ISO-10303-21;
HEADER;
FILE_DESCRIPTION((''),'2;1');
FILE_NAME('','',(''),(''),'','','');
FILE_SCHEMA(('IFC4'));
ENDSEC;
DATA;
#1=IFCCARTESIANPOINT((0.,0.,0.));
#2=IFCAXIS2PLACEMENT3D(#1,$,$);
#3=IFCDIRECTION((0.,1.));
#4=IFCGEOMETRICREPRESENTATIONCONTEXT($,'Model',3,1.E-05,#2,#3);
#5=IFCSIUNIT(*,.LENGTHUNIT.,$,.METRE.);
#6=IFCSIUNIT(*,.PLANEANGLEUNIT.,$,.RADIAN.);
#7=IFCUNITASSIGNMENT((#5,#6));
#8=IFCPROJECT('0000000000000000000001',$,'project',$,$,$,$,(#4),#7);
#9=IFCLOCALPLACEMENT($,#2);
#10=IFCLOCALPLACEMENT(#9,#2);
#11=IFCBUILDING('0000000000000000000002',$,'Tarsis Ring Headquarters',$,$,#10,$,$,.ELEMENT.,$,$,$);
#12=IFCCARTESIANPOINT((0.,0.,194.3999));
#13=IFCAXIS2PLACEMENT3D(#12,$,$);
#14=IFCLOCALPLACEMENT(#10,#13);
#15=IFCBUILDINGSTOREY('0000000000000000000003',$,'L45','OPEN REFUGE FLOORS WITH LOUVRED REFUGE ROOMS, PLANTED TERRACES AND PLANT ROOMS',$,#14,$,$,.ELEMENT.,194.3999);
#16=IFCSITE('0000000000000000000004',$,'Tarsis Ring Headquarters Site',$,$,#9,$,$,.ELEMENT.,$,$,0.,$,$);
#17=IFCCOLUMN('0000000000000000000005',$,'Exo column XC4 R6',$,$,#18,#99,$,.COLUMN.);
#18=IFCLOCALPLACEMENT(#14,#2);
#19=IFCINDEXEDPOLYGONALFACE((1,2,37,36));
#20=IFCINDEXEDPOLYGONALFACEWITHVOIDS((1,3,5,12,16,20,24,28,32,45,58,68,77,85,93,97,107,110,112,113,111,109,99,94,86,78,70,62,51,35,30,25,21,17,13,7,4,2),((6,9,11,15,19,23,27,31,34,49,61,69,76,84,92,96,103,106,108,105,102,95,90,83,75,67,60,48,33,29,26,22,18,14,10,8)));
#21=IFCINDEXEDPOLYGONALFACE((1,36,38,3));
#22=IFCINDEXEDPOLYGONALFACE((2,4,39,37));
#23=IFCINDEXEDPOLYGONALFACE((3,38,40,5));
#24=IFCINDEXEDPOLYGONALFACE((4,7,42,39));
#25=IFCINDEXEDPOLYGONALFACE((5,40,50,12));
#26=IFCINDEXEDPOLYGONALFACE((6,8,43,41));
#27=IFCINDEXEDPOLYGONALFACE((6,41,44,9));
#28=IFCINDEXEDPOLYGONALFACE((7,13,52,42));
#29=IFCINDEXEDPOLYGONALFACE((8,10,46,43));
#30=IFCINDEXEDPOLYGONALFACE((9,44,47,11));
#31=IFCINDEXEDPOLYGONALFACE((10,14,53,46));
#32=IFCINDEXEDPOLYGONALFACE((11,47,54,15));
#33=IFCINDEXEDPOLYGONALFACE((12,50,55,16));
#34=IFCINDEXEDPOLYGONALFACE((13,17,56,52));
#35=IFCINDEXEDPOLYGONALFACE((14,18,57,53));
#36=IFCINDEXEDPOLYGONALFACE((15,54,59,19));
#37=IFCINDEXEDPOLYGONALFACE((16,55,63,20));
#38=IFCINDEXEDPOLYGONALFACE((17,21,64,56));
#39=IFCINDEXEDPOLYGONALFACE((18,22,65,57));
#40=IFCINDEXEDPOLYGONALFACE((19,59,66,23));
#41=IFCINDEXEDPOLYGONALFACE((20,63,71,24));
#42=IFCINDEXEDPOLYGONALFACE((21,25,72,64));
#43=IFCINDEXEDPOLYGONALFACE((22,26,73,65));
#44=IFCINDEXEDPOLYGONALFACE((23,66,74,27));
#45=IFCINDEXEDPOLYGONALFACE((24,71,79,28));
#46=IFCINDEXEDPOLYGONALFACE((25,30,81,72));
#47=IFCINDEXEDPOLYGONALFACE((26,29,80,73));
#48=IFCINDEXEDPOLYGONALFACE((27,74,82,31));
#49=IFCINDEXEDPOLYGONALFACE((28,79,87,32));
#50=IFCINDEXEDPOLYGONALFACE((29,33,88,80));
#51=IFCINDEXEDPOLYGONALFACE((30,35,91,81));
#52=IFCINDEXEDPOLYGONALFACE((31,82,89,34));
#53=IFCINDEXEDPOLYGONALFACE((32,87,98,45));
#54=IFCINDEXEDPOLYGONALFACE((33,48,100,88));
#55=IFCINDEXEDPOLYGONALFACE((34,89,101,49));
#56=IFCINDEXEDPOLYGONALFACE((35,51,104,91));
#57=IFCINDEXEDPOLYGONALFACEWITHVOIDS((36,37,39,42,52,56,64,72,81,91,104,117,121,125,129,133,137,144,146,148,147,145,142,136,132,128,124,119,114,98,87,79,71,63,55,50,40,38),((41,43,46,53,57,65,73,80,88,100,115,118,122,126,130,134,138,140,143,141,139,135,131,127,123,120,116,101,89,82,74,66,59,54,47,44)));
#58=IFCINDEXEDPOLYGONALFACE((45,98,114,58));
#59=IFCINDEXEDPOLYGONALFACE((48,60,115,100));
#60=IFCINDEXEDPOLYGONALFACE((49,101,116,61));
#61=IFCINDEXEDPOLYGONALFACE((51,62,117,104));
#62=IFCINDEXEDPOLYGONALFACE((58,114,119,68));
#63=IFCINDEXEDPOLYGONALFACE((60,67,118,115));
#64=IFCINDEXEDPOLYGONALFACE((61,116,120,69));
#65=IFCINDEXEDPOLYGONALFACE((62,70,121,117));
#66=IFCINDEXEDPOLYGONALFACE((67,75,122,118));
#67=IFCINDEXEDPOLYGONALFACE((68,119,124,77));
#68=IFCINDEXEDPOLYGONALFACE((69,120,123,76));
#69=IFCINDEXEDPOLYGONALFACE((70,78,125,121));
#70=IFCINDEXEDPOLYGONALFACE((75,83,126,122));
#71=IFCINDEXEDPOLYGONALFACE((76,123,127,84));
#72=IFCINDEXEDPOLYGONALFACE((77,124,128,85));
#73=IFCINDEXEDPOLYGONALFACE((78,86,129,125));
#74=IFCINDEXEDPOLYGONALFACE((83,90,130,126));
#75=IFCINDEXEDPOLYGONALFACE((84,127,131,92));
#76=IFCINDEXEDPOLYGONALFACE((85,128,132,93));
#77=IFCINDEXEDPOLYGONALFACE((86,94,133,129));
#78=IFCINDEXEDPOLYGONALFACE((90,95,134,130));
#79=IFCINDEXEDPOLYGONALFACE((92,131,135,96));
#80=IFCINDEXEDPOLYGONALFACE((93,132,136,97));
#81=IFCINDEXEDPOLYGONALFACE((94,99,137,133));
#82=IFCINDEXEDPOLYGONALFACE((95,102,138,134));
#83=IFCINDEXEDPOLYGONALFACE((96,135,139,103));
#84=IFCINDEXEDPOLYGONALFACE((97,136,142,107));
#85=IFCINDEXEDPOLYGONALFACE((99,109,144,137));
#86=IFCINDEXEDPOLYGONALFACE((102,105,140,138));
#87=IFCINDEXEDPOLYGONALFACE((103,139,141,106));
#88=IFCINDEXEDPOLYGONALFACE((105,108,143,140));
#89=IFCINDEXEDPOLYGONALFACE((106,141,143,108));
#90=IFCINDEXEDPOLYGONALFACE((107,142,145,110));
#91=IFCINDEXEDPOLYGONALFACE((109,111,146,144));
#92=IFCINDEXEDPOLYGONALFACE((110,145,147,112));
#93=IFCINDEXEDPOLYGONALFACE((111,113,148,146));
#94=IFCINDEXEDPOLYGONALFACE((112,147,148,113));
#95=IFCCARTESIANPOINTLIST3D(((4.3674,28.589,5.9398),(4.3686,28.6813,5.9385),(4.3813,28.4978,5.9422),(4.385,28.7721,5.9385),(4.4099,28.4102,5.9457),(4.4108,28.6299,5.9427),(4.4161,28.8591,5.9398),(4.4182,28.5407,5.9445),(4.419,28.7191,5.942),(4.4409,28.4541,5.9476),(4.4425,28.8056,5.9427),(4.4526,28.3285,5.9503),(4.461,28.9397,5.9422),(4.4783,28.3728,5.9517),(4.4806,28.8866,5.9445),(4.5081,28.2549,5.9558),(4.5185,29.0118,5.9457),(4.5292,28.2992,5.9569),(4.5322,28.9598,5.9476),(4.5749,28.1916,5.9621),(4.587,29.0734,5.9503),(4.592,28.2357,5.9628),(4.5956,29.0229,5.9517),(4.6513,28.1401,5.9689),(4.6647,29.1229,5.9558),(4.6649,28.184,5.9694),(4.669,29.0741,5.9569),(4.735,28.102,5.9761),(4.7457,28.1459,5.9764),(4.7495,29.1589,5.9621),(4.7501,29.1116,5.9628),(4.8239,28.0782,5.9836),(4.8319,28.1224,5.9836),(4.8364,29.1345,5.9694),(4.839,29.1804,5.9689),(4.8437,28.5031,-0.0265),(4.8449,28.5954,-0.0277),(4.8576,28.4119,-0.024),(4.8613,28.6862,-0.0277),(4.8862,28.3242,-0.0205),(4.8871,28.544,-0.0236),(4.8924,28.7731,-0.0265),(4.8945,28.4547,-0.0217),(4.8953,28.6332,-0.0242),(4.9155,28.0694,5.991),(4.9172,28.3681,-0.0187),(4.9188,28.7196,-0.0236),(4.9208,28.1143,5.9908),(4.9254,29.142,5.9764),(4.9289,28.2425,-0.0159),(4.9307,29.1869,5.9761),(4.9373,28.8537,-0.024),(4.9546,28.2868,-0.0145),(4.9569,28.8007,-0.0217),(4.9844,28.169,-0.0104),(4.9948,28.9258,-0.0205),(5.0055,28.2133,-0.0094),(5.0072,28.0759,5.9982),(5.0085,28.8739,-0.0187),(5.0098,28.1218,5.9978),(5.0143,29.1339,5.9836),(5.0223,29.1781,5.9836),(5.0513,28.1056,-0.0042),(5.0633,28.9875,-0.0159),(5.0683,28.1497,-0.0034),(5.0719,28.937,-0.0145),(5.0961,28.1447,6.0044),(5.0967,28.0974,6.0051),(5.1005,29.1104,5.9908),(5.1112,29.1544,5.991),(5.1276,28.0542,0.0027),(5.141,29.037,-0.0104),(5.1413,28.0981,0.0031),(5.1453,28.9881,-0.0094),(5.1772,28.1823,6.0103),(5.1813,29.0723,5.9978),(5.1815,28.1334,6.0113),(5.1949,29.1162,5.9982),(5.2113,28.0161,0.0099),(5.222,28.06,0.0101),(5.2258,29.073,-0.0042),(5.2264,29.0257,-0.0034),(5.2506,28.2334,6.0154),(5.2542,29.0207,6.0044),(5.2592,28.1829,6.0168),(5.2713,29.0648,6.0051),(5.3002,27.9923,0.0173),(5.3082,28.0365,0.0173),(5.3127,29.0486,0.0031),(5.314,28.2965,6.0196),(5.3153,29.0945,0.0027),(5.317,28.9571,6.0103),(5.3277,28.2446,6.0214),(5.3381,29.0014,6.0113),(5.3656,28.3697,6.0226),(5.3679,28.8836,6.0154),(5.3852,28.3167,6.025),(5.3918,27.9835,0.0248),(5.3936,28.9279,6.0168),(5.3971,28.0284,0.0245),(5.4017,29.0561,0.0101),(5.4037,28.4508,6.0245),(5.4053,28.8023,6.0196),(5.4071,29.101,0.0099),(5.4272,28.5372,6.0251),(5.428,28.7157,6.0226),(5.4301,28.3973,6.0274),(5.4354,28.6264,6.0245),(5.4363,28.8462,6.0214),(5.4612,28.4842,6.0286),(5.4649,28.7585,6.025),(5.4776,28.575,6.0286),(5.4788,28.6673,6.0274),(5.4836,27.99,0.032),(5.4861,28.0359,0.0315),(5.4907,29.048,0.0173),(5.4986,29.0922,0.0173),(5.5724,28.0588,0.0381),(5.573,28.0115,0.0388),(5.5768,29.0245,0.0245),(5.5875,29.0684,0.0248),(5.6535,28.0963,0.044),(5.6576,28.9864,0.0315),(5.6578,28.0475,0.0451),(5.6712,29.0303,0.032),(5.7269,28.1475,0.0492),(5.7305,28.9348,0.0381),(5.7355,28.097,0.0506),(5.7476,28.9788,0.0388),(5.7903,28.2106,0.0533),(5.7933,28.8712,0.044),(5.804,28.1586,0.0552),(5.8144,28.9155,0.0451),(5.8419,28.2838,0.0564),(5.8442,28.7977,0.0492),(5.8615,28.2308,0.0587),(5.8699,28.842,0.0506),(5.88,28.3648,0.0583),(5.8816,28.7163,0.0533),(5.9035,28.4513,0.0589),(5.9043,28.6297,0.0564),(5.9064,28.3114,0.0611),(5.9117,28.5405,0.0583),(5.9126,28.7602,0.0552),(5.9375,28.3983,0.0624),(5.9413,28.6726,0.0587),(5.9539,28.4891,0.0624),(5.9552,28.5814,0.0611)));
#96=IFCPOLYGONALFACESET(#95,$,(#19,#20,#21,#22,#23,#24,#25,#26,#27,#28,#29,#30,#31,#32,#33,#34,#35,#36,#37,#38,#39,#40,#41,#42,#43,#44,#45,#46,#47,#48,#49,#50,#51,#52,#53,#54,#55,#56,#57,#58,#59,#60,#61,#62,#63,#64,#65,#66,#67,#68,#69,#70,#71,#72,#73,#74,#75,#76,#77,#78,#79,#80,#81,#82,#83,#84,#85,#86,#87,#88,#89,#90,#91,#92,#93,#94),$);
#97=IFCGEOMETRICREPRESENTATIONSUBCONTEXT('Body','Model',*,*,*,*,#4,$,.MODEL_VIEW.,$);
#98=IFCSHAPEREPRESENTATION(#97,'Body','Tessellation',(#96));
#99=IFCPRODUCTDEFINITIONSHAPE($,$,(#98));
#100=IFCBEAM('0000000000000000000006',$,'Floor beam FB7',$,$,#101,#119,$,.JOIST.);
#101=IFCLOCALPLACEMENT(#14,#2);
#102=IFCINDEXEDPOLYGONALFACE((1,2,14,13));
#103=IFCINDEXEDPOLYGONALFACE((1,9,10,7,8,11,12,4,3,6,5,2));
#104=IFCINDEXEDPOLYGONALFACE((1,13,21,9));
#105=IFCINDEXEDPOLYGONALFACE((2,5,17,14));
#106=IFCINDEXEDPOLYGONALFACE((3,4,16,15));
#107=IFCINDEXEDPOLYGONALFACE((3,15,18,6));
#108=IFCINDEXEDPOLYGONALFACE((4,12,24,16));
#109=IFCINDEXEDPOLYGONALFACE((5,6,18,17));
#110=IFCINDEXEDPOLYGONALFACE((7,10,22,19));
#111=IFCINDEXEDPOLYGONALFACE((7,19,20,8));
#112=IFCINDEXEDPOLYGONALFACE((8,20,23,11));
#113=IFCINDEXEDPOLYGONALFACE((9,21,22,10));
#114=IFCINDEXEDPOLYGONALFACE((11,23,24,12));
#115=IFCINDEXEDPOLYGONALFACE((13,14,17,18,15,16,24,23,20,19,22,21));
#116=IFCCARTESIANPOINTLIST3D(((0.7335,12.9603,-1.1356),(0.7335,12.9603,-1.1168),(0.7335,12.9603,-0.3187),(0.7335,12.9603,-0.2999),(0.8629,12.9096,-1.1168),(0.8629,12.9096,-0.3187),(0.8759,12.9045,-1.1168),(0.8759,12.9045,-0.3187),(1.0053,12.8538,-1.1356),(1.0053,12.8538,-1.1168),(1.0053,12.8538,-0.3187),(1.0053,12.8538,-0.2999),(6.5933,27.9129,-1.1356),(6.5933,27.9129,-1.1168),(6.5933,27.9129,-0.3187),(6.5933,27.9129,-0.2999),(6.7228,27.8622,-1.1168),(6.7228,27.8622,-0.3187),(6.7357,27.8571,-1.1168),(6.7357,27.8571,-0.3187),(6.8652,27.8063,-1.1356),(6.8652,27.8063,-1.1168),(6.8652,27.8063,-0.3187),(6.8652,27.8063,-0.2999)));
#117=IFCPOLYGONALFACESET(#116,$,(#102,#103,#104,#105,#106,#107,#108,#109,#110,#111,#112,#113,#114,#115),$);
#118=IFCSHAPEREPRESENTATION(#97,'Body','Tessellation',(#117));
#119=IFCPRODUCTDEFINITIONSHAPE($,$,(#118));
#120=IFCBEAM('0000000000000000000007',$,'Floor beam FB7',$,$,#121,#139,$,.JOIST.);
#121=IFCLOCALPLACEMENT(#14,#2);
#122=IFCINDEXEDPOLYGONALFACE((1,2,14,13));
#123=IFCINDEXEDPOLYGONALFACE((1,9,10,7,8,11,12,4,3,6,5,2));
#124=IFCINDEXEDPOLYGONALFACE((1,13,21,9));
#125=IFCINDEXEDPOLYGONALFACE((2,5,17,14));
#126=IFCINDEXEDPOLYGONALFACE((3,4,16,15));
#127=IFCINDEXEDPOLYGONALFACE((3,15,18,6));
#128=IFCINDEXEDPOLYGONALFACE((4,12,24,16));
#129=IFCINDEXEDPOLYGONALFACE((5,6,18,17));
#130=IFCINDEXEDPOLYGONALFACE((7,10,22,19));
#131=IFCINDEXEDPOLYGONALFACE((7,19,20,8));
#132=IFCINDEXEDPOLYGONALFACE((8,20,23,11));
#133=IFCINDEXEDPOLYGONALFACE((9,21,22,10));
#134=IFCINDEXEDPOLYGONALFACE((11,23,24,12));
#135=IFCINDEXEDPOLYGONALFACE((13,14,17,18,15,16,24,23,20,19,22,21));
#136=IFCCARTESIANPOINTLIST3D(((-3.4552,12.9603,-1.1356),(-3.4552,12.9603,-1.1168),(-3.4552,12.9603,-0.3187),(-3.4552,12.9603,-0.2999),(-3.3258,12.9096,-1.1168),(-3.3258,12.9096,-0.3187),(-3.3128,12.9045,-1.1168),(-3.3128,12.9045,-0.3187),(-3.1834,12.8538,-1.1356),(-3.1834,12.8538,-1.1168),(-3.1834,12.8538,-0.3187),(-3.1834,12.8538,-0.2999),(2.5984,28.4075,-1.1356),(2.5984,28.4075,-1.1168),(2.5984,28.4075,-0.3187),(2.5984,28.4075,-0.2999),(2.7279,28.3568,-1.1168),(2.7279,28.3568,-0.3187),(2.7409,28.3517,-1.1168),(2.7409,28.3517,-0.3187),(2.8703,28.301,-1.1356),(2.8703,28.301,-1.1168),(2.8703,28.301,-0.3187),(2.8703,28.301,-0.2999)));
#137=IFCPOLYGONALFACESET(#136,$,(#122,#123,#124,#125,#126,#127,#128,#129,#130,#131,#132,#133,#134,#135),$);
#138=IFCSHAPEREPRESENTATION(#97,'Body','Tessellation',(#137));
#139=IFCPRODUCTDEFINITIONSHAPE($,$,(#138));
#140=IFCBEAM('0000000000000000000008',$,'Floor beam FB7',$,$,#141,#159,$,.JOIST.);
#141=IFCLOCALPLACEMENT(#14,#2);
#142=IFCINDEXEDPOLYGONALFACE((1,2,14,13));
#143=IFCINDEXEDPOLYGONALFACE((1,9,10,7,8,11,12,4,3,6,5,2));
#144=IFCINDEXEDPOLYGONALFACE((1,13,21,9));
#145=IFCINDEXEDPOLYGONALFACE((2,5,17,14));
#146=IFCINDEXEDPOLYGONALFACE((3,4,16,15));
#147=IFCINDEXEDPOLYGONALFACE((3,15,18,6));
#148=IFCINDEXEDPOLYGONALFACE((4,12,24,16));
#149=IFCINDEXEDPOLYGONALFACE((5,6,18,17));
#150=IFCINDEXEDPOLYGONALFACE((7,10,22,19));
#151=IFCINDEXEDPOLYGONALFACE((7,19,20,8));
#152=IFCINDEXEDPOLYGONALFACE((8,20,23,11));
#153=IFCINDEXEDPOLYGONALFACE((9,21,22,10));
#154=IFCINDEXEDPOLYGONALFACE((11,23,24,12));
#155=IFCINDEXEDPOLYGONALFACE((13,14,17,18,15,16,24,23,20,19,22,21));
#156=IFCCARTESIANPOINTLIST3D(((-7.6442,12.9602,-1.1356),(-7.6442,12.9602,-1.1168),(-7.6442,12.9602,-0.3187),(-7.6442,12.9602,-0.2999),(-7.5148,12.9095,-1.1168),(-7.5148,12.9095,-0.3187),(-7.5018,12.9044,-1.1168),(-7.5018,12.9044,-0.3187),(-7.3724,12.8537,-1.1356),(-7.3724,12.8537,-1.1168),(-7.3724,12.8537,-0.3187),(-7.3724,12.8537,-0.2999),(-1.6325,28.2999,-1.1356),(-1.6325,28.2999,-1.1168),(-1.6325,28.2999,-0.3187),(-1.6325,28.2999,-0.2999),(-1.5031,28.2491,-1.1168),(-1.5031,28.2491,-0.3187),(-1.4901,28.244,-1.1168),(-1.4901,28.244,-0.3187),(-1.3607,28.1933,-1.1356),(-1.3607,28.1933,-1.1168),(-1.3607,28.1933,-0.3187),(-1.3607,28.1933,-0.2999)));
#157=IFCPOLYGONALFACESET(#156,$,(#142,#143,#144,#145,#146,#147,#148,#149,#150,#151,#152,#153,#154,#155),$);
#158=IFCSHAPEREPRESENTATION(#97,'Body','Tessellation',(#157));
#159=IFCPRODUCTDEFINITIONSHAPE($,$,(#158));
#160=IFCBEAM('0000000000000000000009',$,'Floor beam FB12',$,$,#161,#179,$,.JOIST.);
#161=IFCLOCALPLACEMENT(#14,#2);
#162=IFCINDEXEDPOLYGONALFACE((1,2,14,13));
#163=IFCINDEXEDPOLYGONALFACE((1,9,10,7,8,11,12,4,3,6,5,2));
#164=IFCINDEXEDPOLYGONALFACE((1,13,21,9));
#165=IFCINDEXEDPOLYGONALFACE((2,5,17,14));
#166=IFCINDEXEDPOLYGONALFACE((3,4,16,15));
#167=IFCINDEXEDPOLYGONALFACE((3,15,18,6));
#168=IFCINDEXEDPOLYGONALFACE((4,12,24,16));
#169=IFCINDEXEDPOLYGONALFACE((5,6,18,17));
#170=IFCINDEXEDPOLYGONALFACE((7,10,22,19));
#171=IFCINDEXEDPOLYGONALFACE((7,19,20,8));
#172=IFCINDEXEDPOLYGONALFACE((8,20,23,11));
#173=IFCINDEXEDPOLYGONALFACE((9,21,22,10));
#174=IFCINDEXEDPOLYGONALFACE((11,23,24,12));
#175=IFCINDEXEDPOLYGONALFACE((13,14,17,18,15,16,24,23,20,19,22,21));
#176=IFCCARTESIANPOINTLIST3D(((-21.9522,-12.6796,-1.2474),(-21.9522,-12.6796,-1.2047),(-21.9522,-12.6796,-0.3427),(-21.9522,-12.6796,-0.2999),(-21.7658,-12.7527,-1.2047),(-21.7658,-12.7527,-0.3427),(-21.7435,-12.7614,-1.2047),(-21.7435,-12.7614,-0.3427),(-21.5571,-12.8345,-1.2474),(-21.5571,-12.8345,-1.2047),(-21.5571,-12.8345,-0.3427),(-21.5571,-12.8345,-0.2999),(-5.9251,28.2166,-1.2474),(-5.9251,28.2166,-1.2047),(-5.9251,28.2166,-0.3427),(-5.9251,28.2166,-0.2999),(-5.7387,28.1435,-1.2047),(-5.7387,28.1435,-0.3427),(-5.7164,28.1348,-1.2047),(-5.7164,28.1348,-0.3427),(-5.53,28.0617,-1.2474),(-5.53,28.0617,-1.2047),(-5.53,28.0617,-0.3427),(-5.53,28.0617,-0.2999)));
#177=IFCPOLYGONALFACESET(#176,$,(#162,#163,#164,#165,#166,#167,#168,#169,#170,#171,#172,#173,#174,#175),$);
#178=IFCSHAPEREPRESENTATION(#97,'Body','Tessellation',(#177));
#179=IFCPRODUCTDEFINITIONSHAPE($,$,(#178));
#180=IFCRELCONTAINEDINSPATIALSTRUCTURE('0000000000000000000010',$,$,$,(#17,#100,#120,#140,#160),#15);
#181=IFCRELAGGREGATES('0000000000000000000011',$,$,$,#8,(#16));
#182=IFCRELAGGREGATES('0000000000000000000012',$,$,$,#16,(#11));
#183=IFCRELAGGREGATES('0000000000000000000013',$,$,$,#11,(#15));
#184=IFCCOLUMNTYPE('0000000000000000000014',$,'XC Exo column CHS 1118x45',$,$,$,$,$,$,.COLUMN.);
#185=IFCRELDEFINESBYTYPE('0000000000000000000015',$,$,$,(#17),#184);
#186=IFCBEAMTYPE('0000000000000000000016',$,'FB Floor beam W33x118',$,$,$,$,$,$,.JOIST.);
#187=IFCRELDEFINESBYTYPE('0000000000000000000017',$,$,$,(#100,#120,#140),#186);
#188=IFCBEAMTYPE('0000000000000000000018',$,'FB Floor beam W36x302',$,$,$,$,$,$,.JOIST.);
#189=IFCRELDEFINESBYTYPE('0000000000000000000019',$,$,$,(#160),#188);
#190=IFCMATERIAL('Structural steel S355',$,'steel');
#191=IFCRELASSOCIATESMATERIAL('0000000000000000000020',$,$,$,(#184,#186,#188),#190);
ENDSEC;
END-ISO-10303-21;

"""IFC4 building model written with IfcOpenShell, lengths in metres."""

from ifc_helpers import new_model, si_unit, direction, frame, origin, origin_2d, place, context, subcontext, project, spatial, hollow_circle, i_section, extrude, material, material_profile, profile_set, type_object, element, save


model = new_model("IFC4")

# Units and contexts
model_context = context("Model", 3, precision=1e-05, world=origin(), true_north=direction((0.0, 1.0)))
body_context = subcontext(model_context, "Body", "Model", "MODEL_VIEW")
ifc_project = project(units=[si_unit("LENGTHUNIT", "METRE"), si_unit("PLANEANGLEUNIT", "RADIAN")], contexts=[model_context])

# Site, building, storey
site_placement = place(None, origin())
site = spatial("IfcSite", under=ifc_project, at=site_placement, Name="Tarsis Ring Headquarters Site", CompositionType="ELEMENT", RefElevation=0.0)
building_placement = place(site_placement, origin())
building = spatial("IfcBuilding", under=site, at=building_placement, Name="Tarsis Ring Headquarters", CompositionType="ELEMENT")
storey_placement = place(building_placement, frame((0.0, 0.0, 194.3999)))
storey = spatial("IfcBuildingStorey", under=building, at=storey_placement, Name="L45", Description="OPEN REFUGE FLOORS WITH LOUVRED REFUGE ROOMS, PLANTED TERRACES AND PLANT ROOMS", CompositionType="ELEMENT", Elevation=194.3999)

# Column
ifc_material_1 = material(Name="Structural steel S355", Category="steel")
ifc_material_profile_1 = material_profile(ifc_material_1, hollow_circle(Radius=0.5588, WallThickness=0.0449, at=origin_2d()), Name="CHS 1118x45")
ifc_profile_set_1 = profile_set([ifc_material_profile_1], Name="Structural steel S355")
column_type = type_object("IfcColumnType", Name="XC Exo column CHS 1118x45", PredefinedType="COLUMN", material=ifc_profile_set_1)
column_placement = place(storey_placement, frame((5.3994, 28.5422, 0.0173), z_axis=(-0.079573, 0.014357, 0.996726), x_axis=(-0.177554, -0.984111, 0.0)))
element("IfcColumn", 1, at=column_placement, inside=storey, type_object=column_type, Name="Exo column XC4 R6", PredefinedType="COLUMN", context=body_context, shape_type="SweptSolid", body=[
    extrude(hollow_circle(Radius=0.5588, WallThickness=0.0449, at=origin_2d()), origin(), (0.0, 0.0, 1.0), 5.9858),
])

# Beams
ifc_material_profile_2 = material_profile(ifc_material_1, i_section(OverallWidth=0.292, OverallDepth=0.8357, WebThickness=0.0139, FlangeThickness=0.0188, at=origin_2d()), Name="W33x118")
ifc_profile_set_2 = profile_set([ifc_material_profile_2], Name="Structural steel S355")
beam_type_1 = type_object("IfcBeamType", Name="FB Floor beam W33x118", PredefinedType="JOIST", material=ifc_profile_set_2)
beam_1_placement = place(storey_placement, frame((6.7292, 27.8596, -0.7178), z_axis=(-0.364876, -0.931056, 0.0), x_axis=(0.931056, -0.364876, 0.0)))
element("IfcBeam", 2, at=beam_1_placement, inside=storey, type_object=beam_type_1, Name="Floor beam FB7", PredefinedType="JOIST", context=body_context, shape_type="SweptSolid", body=[
    extrude(i_section(OverallWidth=0.292, OverallDepth=0.8357, WebThickness=0.0139, FlangeThickness=0.0188, at=origin_2d()), origin(), (0.0, 0.0, 1.0), 16.0598),
])
beam_2_placement = place(storey_placement, frame((2.7344, 28.3542, -0.7178), z_axis=(-0.364876, -0.931056, 0.0), x_axis=(0.931056, -0.364876, 0.0)))
element("IfcBeam", 3, at=beam_2_placement, inside=storey, type_object=beam_type_1, Name="Floor beam FB7", PredefinedType="JOIST", context=body_context, shape_type="SweptSolid", body=[
    extrude(i_section(OverallWidth=0.292, OverallDepth=0.8357, WebThickness=0.0139, FlangeThickness=0.0188, at=origin_2d()), origin(), (0.0, 0.0, 1.0), 16.5911),
])
beam_3_placement = place(storey_placement, frame((-1.4966, 28.2466, -0.7178), z_axis=(-0.364887, -0.931052, 0.0), x_axis=(0.931052, -0.364887, 0.0)))
element("IfcBeam", 4, at=beam_3_placement, inside=storey, type_object=beam_type_1, Name="Floor beam FB7", PredefinedType="JOIST", context=body_context, shape_type="SweptSolid", body=[
    extrude(i_section(OverallWidth=0.292, OverallDepth=0.8357, WebThickness=0.0139, FlangeThickness=0.0188, at=origin_2d()), origin(), (0.0, 0.0, 1.0), 16.4756),
])
ifc_material_profile_3 = material_profile(ifc_material_1, i_section(OverallWidth=0.4243, OverallDepth=0.9475, WebThickness=0.0239, FlangeThickness=0.0427, at=origin_2d()), Name="W36x302")
ifc_profile_set_3 = profile_set([ifc_material_profile_3], Name="Structural steel S355")
beam_type_2 = type_object("IfcBeamType", Name="FB Floor beam W36x302", PredefinedType="JOIST", material=ifc_profile_set_3)
beam_4_placement = place(storey_placement, frame((-5.7275, 28.1392, -0.7737), z_axis=(-0.364878, -0.931056, 0.0), x_axis=(0.931056, -0.364878, 0.0)))
element("IfcBeam", 5, at=beam_4_placement, inside=storey, type_object=beam_type_2, Name="Floor beam FB12", PredefinedType="JOIST", context=body_context, shape_type="SweptSolid", body=[
    extrude(i_section(OverallWidth=0.4243, OverallDepth=0.9475, WebThickness=0.0239, FlangeThickness=0.0427, at=origin_2d()), origin(), (0.0, 0.0, 1.0), 43.9246),
])

save(model, "model.ifc")
